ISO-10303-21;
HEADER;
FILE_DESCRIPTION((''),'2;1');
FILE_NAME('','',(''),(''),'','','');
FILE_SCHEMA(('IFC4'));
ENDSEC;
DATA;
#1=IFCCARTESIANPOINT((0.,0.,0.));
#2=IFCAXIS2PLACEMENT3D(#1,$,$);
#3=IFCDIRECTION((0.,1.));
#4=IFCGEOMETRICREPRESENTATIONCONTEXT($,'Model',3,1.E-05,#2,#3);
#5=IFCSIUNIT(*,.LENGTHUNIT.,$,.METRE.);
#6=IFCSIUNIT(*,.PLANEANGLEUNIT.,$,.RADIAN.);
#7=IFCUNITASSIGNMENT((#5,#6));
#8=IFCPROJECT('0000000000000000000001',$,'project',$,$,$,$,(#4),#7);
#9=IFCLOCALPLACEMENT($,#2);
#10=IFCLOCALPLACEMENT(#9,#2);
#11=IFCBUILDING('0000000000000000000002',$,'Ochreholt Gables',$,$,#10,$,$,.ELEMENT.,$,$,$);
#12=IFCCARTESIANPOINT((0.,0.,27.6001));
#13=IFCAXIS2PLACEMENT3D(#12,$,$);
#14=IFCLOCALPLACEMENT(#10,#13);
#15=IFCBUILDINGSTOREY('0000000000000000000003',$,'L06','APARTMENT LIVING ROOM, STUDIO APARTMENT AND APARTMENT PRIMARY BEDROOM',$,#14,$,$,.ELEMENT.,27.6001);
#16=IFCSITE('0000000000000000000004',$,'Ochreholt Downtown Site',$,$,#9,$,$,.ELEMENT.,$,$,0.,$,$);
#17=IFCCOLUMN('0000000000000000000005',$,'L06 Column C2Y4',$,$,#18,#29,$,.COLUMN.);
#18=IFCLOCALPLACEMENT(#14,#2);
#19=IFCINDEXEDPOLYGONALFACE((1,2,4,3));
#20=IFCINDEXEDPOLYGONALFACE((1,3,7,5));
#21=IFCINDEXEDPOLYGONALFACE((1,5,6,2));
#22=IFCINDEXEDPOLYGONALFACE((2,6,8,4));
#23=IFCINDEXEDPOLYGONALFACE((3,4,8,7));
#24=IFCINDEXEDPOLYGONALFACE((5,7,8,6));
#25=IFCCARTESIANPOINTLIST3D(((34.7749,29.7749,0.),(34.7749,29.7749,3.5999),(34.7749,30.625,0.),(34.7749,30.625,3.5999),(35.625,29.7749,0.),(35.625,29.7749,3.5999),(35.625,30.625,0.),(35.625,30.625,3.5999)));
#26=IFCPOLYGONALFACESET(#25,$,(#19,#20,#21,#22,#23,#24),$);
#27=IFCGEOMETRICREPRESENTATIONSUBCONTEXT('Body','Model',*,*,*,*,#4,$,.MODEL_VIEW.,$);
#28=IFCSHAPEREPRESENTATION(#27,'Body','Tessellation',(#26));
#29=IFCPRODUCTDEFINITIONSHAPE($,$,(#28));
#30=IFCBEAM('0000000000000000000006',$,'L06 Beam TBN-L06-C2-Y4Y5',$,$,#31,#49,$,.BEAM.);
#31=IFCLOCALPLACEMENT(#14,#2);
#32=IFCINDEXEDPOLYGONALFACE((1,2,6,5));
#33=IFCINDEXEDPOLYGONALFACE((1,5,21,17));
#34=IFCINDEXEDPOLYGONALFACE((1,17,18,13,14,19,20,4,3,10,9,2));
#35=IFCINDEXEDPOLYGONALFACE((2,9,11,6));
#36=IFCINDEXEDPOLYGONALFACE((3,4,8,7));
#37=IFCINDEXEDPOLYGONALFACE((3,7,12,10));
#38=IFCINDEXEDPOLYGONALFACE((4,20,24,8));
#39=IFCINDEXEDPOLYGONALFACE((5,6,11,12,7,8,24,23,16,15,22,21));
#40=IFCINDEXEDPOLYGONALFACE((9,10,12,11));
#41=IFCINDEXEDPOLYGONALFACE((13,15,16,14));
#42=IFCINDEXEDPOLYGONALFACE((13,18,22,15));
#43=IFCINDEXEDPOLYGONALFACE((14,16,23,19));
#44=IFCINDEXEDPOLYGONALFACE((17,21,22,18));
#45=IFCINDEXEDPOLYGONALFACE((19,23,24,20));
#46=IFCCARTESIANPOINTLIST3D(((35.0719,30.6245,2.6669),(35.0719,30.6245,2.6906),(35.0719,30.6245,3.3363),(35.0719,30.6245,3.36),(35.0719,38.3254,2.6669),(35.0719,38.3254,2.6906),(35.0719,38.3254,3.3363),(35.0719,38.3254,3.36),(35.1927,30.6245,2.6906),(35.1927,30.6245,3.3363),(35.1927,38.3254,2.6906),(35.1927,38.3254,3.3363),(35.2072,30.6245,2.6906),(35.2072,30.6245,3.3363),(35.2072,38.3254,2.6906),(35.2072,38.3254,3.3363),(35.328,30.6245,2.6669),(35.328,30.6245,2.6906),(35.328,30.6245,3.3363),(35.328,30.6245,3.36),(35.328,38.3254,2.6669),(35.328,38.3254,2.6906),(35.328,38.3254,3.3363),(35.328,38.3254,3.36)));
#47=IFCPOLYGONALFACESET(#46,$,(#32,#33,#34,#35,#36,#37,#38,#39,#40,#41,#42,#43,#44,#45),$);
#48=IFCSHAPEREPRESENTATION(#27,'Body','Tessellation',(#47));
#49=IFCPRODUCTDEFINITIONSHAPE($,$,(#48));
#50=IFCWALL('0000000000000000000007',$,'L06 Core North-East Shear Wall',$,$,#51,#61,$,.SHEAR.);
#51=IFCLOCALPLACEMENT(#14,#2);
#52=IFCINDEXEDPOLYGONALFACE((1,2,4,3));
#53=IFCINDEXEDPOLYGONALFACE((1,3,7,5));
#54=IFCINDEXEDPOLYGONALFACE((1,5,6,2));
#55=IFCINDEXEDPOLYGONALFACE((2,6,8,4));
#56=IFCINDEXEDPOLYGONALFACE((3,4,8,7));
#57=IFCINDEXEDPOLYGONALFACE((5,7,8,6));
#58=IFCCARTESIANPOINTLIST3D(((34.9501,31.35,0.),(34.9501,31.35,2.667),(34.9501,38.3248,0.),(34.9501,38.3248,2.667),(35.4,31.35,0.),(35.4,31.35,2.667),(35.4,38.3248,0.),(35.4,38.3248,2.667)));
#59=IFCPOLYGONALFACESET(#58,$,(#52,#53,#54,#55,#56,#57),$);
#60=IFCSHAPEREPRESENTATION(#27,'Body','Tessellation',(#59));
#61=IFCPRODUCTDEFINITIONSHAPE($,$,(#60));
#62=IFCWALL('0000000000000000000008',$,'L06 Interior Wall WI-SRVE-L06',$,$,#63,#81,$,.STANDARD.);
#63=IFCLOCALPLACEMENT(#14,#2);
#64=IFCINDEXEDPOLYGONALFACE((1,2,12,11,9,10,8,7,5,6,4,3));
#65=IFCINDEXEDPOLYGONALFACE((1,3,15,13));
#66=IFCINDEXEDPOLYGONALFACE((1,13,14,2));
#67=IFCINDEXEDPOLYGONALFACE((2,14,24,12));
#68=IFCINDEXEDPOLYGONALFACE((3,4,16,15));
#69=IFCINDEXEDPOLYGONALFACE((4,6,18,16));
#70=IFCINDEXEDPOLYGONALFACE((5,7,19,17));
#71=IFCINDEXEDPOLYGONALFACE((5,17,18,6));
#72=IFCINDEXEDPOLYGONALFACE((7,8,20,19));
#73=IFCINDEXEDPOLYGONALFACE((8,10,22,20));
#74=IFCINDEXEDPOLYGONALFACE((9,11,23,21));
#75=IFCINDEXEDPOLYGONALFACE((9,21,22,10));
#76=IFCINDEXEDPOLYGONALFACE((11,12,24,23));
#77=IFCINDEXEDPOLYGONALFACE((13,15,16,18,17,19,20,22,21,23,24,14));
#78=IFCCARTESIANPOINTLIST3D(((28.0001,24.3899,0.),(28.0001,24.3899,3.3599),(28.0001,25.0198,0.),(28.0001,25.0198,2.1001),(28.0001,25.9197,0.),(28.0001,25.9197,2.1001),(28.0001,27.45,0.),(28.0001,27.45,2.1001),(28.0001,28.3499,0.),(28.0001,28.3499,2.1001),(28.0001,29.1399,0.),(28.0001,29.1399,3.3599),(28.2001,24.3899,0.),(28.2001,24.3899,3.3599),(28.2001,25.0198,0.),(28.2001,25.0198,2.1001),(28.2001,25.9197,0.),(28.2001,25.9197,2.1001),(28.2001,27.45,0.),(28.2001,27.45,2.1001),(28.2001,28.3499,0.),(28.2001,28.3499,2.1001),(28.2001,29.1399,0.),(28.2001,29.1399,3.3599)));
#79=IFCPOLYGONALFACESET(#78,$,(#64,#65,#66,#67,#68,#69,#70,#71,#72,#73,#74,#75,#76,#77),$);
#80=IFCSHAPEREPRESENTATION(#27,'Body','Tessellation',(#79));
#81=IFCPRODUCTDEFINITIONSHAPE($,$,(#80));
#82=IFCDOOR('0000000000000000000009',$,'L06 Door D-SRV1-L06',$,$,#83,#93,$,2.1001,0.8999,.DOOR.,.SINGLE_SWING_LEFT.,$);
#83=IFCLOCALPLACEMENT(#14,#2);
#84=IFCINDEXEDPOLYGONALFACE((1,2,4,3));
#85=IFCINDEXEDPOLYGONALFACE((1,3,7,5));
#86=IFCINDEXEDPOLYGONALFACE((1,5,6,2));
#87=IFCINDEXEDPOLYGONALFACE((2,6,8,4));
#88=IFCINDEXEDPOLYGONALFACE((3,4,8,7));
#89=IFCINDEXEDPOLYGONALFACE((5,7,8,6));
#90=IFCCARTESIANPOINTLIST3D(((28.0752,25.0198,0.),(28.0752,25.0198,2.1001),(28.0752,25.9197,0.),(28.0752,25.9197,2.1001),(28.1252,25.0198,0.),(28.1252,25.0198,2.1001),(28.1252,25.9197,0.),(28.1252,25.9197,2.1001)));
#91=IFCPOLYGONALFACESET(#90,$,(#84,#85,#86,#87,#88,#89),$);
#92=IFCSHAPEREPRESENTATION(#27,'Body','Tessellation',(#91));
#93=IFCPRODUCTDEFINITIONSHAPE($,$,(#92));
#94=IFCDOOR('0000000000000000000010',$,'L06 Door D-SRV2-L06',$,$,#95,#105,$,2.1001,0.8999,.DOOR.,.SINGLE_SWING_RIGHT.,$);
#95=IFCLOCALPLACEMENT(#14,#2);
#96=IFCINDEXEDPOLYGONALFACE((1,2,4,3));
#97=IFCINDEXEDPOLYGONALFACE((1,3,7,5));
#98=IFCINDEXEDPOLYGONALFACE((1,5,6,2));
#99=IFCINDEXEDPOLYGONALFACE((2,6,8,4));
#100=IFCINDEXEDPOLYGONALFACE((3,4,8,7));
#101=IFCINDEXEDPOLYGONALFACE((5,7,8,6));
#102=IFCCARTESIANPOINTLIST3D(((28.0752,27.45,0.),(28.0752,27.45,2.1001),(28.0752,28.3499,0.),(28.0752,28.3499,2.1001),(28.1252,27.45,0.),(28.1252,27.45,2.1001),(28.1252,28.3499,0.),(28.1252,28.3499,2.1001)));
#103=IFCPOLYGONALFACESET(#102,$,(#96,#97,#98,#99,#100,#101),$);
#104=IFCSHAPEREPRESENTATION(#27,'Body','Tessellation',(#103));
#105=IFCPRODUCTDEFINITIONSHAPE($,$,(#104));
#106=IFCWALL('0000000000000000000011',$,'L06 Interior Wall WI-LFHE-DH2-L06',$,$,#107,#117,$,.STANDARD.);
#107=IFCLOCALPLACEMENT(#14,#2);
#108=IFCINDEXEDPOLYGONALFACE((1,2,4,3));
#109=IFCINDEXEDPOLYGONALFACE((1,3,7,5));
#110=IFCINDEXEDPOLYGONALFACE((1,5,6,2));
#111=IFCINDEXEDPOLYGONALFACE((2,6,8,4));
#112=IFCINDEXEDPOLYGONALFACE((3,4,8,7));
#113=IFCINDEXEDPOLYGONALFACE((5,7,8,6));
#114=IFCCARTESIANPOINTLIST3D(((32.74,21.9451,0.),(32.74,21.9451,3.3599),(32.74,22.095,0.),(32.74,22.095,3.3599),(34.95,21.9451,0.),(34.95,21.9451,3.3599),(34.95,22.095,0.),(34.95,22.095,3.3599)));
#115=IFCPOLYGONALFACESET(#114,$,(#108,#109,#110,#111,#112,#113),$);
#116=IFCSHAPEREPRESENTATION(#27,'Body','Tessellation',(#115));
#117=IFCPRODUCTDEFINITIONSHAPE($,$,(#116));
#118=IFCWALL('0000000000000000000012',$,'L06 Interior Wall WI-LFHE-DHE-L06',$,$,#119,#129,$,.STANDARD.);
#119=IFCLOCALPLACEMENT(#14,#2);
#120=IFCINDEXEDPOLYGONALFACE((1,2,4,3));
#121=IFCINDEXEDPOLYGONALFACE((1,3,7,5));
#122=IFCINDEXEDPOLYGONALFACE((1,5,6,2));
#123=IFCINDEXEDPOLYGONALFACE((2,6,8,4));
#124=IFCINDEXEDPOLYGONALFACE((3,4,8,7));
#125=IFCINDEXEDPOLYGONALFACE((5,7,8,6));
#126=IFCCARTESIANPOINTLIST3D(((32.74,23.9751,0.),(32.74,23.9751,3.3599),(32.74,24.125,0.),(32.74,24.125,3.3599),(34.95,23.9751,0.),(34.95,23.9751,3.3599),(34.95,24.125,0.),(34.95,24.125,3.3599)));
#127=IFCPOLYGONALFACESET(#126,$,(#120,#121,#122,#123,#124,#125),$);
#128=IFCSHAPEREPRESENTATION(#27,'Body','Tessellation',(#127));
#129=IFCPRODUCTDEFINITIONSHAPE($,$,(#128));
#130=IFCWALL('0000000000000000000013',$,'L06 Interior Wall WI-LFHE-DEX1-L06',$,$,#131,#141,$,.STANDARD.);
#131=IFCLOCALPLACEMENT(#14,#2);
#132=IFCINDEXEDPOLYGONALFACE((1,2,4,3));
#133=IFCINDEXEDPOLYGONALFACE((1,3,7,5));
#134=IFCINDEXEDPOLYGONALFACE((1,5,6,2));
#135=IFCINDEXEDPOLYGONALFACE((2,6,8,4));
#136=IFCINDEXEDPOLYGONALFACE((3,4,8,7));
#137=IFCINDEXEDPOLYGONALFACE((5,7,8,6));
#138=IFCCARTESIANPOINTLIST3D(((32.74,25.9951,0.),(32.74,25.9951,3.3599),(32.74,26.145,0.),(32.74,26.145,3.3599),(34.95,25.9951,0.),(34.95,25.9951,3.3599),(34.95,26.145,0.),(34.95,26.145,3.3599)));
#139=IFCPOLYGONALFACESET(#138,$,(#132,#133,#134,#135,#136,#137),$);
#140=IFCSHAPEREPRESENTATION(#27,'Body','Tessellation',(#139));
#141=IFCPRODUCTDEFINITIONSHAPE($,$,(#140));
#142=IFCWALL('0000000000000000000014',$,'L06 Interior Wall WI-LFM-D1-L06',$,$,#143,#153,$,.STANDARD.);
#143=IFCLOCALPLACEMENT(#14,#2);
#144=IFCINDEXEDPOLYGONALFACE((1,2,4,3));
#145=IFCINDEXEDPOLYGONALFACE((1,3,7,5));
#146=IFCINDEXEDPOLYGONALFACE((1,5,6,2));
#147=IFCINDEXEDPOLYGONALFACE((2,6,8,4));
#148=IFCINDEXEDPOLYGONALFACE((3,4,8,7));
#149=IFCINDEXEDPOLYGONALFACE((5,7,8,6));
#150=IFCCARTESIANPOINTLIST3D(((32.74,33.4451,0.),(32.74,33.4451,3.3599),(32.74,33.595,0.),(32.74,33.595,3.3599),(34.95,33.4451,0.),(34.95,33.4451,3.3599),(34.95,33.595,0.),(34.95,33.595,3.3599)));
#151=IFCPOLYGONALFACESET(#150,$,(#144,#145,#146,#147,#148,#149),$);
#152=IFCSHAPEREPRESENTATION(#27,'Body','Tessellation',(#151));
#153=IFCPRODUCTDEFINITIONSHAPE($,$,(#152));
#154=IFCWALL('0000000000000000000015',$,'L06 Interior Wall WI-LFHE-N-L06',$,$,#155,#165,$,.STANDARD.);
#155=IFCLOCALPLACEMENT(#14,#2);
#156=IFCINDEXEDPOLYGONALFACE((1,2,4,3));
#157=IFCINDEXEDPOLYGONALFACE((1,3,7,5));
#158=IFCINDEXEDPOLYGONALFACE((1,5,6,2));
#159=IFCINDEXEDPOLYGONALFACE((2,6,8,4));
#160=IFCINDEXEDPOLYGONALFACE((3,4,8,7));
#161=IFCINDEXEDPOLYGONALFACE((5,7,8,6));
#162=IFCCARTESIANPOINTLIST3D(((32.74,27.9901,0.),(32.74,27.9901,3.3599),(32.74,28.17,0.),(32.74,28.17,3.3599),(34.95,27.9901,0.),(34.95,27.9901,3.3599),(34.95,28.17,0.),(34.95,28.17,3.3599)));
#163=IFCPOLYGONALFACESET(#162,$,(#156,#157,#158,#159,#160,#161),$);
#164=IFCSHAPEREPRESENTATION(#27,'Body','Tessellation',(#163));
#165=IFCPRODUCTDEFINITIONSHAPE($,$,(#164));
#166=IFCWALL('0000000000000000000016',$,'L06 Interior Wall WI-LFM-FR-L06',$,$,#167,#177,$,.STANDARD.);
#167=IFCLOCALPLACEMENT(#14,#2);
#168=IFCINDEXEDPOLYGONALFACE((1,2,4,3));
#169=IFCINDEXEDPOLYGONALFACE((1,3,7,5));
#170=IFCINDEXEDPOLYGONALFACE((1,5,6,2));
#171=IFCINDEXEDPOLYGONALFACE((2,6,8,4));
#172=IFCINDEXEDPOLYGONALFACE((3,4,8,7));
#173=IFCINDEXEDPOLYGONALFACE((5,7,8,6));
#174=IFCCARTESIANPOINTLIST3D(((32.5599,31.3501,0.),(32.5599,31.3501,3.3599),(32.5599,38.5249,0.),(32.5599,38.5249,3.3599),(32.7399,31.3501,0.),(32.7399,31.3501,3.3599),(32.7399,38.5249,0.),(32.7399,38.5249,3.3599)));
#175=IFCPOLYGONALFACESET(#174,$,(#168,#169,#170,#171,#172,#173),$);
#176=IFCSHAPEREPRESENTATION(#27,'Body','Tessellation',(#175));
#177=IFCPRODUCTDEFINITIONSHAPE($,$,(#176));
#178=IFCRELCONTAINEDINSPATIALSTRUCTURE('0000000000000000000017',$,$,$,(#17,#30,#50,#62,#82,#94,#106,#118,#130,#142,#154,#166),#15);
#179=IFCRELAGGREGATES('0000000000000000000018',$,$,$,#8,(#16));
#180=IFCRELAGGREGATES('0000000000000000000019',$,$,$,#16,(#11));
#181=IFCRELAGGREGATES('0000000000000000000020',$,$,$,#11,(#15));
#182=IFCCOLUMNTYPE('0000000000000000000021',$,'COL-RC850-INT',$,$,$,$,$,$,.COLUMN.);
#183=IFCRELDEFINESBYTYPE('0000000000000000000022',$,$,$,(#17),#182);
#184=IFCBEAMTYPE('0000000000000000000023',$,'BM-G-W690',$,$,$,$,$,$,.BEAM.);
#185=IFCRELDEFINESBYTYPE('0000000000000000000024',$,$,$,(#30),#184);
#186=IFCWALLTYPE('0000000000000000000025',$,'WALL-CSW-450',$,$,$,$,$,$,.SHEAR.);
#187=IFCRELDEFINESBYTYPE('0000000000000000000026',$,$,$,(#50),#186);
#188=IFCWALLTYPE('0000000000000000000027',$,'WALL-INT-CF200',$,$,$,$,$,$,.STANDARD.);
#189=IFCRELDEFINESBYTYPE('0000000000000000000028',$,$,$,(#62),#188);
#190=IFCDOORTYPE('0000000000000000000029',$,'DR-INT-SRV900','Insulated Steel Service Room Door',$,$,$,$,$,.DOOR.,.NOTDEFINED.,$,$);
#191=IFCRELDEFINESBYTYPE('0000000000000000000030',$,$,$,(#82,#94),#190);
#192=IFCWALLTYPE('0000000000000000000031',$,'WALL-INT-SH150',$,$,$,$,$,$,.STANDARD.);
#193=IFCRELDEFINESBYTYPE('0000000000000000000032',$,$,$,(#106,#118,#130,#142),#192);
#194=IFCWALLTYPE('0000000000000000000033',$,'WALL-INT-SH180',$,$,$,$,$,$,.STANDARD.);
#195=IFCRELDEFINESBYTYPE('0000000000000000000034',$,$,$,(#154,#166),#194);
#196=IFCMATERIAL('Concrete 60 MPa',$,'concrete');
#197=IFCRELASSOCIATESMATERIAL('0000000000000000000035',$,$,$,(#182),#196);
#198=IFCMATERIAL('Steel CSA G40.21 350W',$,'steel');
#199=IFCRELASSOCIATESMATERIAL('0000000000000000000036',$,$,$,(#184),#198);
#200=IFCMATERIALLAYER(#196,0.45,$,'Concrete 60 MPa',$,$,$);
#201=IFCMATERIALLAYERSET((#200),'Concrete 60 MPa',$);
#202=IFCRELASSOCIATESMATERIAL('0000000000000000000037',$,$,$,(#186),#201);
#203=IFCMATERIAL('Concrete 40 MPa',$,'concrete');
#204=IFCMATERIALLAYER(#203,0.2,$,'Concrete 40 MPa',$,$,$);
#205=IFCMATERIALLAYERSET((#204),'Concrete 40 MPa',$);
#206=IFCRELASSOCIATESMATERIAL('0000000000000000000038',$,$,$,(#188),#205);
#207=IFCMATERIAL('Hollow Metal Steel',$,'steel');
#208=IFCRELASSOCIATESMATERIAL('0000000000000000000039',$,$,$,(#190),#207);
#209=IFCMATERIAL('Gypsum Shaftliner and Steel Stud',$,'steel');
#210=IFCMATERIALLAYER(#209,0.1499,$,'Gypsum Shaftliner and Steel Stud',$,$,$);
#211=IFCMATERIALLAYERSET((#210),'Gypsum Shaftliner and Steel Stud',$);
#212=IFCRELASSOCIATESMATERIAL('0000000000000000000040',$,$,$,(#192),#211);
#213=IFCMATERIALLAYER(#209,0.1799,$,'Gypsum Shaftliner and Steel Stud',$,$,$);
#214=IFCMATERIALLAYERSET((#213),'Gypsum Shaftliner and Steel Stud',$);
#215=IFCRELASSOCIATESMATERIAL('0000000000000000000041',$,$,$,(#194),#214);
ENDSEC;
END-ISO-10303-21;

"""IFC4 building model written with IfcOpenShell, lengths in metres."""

from ifc_helpers import new_model, si_unit, direction, frame, frame_2d, origin, origin_2d, place, context, subcontext, project, spatial, rectangle, i_section, extrude, material, layer, layer_set, material_profile, profile_set, type_object, element, fill, save


model = new_model("IFC4")

# Units and contexts
model_context = context("Model", 3, precision=1e-05, world=origin(), true_north=direction((0.0, 1.0)))
body_context = subcontext(model_context, "Body", "Model", "MODEL_VIEW")
ifc_project = project(units=[si_unit("LENGTHUNIT", "METRE"), si_unit("PLANEANGLEUNIT", "RADIAN")], contexts=[model_context])

# Site, building, storey
site_placement = place(None, origin())
site = spatial("IfcSite", under=ifc_project, at=site_placement, Name="Ochreholt Downtown Site", CompositionType="ELEMENT", RefElevation=0.0)
building_placement = place(site_placement, origin())
building = spatial("IfcBuilding", under=site, at=building_placement, Name="Ochreholt Gables", CompositionType="ELEMENT")
storey_placement = place(building_placement, frame((0.0, 0.0, 27.6001)))
storey = spatial("IfcBuildingStorey", under=building, at=storey_placement, Name="L06", Description="APARTMENT LIVING ROOM, STUDIO APARTMENT AND APARTMENT PRIMARY BEDROOM", CompositionType="ELEMENT", Elevation=27.6001)

# Column
ifc_material_1 = material(Name="Concrete 60 MPa", Category="concrete")
ifc_material_profile_1 = material_profile(ifc_material_1, rectangle(XDim=0.8501, YDim=0.8501, at=origin_2d()), Name="RC850X850")
ifc_profile_set_1 = profile_set([ifc_material_profile_1], Name="Concrete 60 MPa")
column_type = type_object("IfcColumnType", Name="COL-RC850-INT", PredefinedType="COLUMN", material=ifc_profile_set_1)
column_placement = place(storey_placement, frame((35.2, 30.2, 0.0), z_axis=(0.0, 0.0, 1.0), x_axis=(1.0, 0.0, 0.0)))
element("IfcColumn", 1, at=column_placement, inside=storey, type_object=column_type, Name="L06 Column C2Y4", PredefinedType="COLUMN", context=body_context, shape_type="SweptSolid", body=[
    extrude(rectangle(XDim=0.8501, YDim=0.8501, at=origin_2d()), origin(), (0.0, 0.0, 1.0), 3.5999),
])

# Beam
ifc_material_2 = material(Name="Steel CSA G40.21 350W", Category="steel")
ifc_material_profile_2 = material_profile(ifc_material_2, i_section(OverallWidth=0.2561, OverallDepth=0.6931, WebThickness=0.0144, FlangeThickness=0.0237, at=origin_2d()), Name="W690X170")
ifc_profile_set_2 = profile_set([ifc_material_profile_2], Name="Steel CSA G40.21 350W")
beam_type = type_object("IfcBeamType", Name="BM-G-W690", PredefinedType="BEAM", material=ifc_profile_set_2)
beam_placement = place(storey_placement, frame((35.2, 30.6245, 3.0134), z_axis=(0.0, 1.0, 0.0), x_axis=(-1.0, 0.0, 0.0)))
element("IfcBeam", 2, at=beam_placement, inside=storey, type_object=beam_type, Name="L06 Beam TBN-L06-C2-Y4Y5", PredefinedType="BEAM", context=body_context, shape_type="SweptSolid", body=[
    extrude(i_section(OverallWidth=0.2561, OverallDepth=0.6931, WebThickness=0.0144, FlangeThickness=0.0237, at=origin_2d()), origin(), (0.0, 0.0, 1.0), 7.7009),
])

# Wall
ifc_layer_1 = layer(ifc_material_1, 0.45, Name="Concrete 60 MPa")
ifc_layer_set_1 = layer_set([ifc_layer_1], Name="Concrete 60 MPa")
wall_type_1 = type_object("IfcWallType", Name="WALL-CSW-450", PredefinedType="SHEAR", material=ifc_layer_set_1)
wall_1_placement = place(storey_placement, frame((35.175, 31.3501, 0.0), z_axis=(0.0, 0.0, 1.0), x_axis=(0.0, 1.0, 0.0)))
element("IfcWall", 3, at=wall_1_placement, inside=storey, type_object=wall_type_1, Name="L06 Core North-East Shear Wall", PredefinedType="SHEAR", context=body_context, shape_type="SweptSolid", body=[
    extrude(rectangle(XDim=6.9749, YDim=0.45, at=frame_2d((3.4873, 0.0))), origin(), (0.0, 0.0, 1.0), 2.667),
])

# Wall, openings, doors
ifc_material_3 = material(Name="Concrete 40 MPa", Category="concrete")
ifc_layer_2 = layer(ifc_material_3, 0.2, Name="Concrete 40 MPa")
ifc_layer_set_2 = layer_set([ifc_layer_2], Name="Concrete 40 MPa")
wall_type_2 = type_object("IfcWallType", Name="WALL-INT-CF200", PredefinedType="STANDARD", material=ifc_layer_set_2)
wall_2_placement = place(storey_placement, frame((28.1001, 24.3899, 0.0), z_axis=(0.0, 0.0, 1.0), x_axis=(0.0, 1.0, 0.0)))
wall_2 = element("IfcWall", 4, at=wall_2_placement, inside=storey, type_object=wall_type_2, Name="L06 Interior Wall WI-SRVE-L06", PredefinedType="STANDARD", context=body_context, shape_type="SweptSolid", body=[
    extrude(rectangle(XDim=4.75, YDim=0.2, at=frame_2d((2.375, 0.0))), origin(), (0.0, 0.0, 1.0), 3.3599),
])
opening_1_placement = place(wall_2_placement, frame((0.6299, 0.0, 0.0)))
opening_1 = element("IfcOpeningElement", 5, at=opening_1_placement, cuts=wall_2, PredefinedType="OPENING", context=body_context, shape_type="SweptSolid", body=[
    extrude(rectangle(XDim=0.8999, YDim=2.1001, at=frame_2d((0.45, 1.05))), frame((0.0, 0.1099, 0.0), z_axis=(0.0, -1.0, 0.0), x_axis=(1.0, 0.0, 0.0)), (0.0, 0.0, 1.0), 0.22),
])
opening_2_placement = place(wall_2_placement, frame((3.0601, 0.0, 0.0)))
opening_2 = element("IfcOpeningElement", 6, at=opening_2_placement, cuts=wall_2, PredefinedType="OPENING", context=body_context, shape_type="SweptSolid", body=[
    extrude(rectangle(XDim=0.8999, YDim=2.1001, at=frame_2d((0.45, 1.05))), frame((0.0, 0.1099, 0.0), z_axis=(0.0, -1.0, 0.0), x_axis=(1.0, 0.0, 0.0)), (0.0, 0.0, 1.0), 0.22),
])
ifc_material_4 = material(Name="Hollow Metal Steel", Category="steel")
door_type_1 = type_object("IfcDoorType", Name="DR-INT-SRV900", Description="Insulated Steel Service Room Door", OperationType="NOTDEFINED", PredefinedType="DOOR", material=ifc_material_4)
door_1_placement = place(opening_1_placement, origin())
door_1 = element("IfcDoor", 7, at=door_1_placement, inside=storey, type_object=door_type_1, Name="L06 Door D-SRV1-L06", OperationType="SINGLE_SWING_LEFT", OverallHeight=2.1001, OverallWidth=0.8999, PredefinedType="DOOR", context=body_context, shape_type="SweptSolid", body=[
    extrude(rectangle(XDim=0.8999, YDim=2.1001, at=frame_2d((0.45, 1.05))), frame((0.0, 0.0249, 0.0), z_axis=(0.0, -1.0, 0.0), x_axis=(1.0, 0.0, 0.0)), (0.0, 0.0, 1.0), 0.05),
])
fill(opening_1, door_1)
door_2_placement = place(opening_2_placement, origin())
door_2 = element("IfcDoor", 8, at=door_2_placement, inside=storey, type_object=door_type_1, Name="L06 Door D-SRV2-L06", OperationType="SINGLE_SWING_RIGHT", OverallHeight=2.1001, OverallWidth=0.8999, PredefinedType="DOOR", context=body_context, shape_type="SweptSolid", body=[
    extrude(rectangle(XDim=0.8999, YDim=2.1001, at=frame_2d((0.45, 1.05))), frame((0.0, 0.0249, 0.0), z_axis=(0.0, -1.0, 0.0), x_axis=(1.0, 0.0, 0.0)), (0.0, 0.0, 1.0), 0.05),
])
fill(opening_2, door_2)

# Walls
ifc_material_5 = material(Name="Gypsum Shaftliner and Steel Stud", Category="steel")
ifc_layer_3 = layer(ifc_material_5, 0.1499, Name="Gypsum Shaftliner and Steel Stud")
ifc_layer_set_3 = layer_set([ifc_layer_3], Name="Gypsum Shaftliner and Steel Stud")
wall_type_3 = type_object("IfcWallType", Name="WALL-INT-SH150", PredefinedType="STANDARD", material=ifc_layer_set_3)
for number, where, z_axis, x_axis, name in (
    (9, (32.74, 22.02, 0.0), (0.0, 0.0, 1.0), (1.0, 0.0, 0.0), "L06 Interior Wall WI-LFHE-DH2-L06"),
    (10, (32.74, 24.05, 0.0), (0.0, 0.0, 1.0), (1.0, 0.0, 0.0), "L06 Interior Wall WI-LFHE-DHE-L06"),
    (11, (32.74, 26.0701, 0.0), (0.0, 0.0, 1.0), (1.0, 0.0, 0.0), "L06 Interior Wall WI-LFHE-DEX1-L06"),
    (12, (32.74, 33.52, 0.0), (0.0, 0.0, 1.0), (1.0, 0.0, 0.0), "L06 Interior Wall WI-LFM-D1-L06"),
):
    element("IfcWall", number, at=place(storey_placement, frame(where, z_axis=z_axis, x_axis=x_axis)), inside=storey, type_object=wall_type_3, Name=name, PredefinedType="STANDARD", context=body_context, shape_type="SweptSolid", body=[
        extrude(rectangle(XDim=2.21, YDim=0.1499, at=frame_2d((1.105, 0.0))), origin(), (0.0, 0.0, 1.0), 3.3599),
    ])
ifc_layer_4 = layer(ifc_material_5, 0.1799, Name="Gypsum Shaftliner and Steel Stud")
ifc_layer_set_4 = layer_set([ifc_layer_4], Name="Gypsum Shaftliner and Steel Stud")
wall_type_4 = type_object("IfcWallType", Name="WALL-INT-SH180", PredefinedType="STANDARD", material=ifc_layer_set_4)
wall_3_placement = place(storey_placement, frame((32.74, 28.0801, 0.0), z_axis=(0.0, 0.0, 1.0), x_axis=(1.0, 0.0, 0.0)))
element("IfcWall", 13, at=wall_3_placement, inside=storey, type_object=wall_type_4, Name="L06 Interior Wall WI-LFHE-N-L06", PredefinedType="STANDARD", context=body_context, shape_type="SweptSolid", body=[
    extrude(rectangle(XDim=2.21, YDim=0.1799, at=frame_2d((1.105, 0.0))), origin(), (0.0, 0.0, 1.0), 3.3599),
])
wall_4_placement = place(storey_placement, frame((32.6499, 31.3501, 0.0), z_axis=(0.0, 0.0, 1.0), x_axis=(0.0, 1.0, 0.0)))
element("IfcWall", 14, at=wall_4_placement, inside=storey, type_object=wall_type_4, Name="L06 Interior Wall WI-LFM-FR-L06", PredefinedType="STANDARD", context=body_context, shape_type="SweptSolid", body=[
    extrude(rectangle(XDim=7.1748, YDim=0.1799, at=frame_2d((3.5874, 0.0))), origin(), (0.0, 0.0, 1.0), 3.3599),
])

save(model, "model.ifc")
